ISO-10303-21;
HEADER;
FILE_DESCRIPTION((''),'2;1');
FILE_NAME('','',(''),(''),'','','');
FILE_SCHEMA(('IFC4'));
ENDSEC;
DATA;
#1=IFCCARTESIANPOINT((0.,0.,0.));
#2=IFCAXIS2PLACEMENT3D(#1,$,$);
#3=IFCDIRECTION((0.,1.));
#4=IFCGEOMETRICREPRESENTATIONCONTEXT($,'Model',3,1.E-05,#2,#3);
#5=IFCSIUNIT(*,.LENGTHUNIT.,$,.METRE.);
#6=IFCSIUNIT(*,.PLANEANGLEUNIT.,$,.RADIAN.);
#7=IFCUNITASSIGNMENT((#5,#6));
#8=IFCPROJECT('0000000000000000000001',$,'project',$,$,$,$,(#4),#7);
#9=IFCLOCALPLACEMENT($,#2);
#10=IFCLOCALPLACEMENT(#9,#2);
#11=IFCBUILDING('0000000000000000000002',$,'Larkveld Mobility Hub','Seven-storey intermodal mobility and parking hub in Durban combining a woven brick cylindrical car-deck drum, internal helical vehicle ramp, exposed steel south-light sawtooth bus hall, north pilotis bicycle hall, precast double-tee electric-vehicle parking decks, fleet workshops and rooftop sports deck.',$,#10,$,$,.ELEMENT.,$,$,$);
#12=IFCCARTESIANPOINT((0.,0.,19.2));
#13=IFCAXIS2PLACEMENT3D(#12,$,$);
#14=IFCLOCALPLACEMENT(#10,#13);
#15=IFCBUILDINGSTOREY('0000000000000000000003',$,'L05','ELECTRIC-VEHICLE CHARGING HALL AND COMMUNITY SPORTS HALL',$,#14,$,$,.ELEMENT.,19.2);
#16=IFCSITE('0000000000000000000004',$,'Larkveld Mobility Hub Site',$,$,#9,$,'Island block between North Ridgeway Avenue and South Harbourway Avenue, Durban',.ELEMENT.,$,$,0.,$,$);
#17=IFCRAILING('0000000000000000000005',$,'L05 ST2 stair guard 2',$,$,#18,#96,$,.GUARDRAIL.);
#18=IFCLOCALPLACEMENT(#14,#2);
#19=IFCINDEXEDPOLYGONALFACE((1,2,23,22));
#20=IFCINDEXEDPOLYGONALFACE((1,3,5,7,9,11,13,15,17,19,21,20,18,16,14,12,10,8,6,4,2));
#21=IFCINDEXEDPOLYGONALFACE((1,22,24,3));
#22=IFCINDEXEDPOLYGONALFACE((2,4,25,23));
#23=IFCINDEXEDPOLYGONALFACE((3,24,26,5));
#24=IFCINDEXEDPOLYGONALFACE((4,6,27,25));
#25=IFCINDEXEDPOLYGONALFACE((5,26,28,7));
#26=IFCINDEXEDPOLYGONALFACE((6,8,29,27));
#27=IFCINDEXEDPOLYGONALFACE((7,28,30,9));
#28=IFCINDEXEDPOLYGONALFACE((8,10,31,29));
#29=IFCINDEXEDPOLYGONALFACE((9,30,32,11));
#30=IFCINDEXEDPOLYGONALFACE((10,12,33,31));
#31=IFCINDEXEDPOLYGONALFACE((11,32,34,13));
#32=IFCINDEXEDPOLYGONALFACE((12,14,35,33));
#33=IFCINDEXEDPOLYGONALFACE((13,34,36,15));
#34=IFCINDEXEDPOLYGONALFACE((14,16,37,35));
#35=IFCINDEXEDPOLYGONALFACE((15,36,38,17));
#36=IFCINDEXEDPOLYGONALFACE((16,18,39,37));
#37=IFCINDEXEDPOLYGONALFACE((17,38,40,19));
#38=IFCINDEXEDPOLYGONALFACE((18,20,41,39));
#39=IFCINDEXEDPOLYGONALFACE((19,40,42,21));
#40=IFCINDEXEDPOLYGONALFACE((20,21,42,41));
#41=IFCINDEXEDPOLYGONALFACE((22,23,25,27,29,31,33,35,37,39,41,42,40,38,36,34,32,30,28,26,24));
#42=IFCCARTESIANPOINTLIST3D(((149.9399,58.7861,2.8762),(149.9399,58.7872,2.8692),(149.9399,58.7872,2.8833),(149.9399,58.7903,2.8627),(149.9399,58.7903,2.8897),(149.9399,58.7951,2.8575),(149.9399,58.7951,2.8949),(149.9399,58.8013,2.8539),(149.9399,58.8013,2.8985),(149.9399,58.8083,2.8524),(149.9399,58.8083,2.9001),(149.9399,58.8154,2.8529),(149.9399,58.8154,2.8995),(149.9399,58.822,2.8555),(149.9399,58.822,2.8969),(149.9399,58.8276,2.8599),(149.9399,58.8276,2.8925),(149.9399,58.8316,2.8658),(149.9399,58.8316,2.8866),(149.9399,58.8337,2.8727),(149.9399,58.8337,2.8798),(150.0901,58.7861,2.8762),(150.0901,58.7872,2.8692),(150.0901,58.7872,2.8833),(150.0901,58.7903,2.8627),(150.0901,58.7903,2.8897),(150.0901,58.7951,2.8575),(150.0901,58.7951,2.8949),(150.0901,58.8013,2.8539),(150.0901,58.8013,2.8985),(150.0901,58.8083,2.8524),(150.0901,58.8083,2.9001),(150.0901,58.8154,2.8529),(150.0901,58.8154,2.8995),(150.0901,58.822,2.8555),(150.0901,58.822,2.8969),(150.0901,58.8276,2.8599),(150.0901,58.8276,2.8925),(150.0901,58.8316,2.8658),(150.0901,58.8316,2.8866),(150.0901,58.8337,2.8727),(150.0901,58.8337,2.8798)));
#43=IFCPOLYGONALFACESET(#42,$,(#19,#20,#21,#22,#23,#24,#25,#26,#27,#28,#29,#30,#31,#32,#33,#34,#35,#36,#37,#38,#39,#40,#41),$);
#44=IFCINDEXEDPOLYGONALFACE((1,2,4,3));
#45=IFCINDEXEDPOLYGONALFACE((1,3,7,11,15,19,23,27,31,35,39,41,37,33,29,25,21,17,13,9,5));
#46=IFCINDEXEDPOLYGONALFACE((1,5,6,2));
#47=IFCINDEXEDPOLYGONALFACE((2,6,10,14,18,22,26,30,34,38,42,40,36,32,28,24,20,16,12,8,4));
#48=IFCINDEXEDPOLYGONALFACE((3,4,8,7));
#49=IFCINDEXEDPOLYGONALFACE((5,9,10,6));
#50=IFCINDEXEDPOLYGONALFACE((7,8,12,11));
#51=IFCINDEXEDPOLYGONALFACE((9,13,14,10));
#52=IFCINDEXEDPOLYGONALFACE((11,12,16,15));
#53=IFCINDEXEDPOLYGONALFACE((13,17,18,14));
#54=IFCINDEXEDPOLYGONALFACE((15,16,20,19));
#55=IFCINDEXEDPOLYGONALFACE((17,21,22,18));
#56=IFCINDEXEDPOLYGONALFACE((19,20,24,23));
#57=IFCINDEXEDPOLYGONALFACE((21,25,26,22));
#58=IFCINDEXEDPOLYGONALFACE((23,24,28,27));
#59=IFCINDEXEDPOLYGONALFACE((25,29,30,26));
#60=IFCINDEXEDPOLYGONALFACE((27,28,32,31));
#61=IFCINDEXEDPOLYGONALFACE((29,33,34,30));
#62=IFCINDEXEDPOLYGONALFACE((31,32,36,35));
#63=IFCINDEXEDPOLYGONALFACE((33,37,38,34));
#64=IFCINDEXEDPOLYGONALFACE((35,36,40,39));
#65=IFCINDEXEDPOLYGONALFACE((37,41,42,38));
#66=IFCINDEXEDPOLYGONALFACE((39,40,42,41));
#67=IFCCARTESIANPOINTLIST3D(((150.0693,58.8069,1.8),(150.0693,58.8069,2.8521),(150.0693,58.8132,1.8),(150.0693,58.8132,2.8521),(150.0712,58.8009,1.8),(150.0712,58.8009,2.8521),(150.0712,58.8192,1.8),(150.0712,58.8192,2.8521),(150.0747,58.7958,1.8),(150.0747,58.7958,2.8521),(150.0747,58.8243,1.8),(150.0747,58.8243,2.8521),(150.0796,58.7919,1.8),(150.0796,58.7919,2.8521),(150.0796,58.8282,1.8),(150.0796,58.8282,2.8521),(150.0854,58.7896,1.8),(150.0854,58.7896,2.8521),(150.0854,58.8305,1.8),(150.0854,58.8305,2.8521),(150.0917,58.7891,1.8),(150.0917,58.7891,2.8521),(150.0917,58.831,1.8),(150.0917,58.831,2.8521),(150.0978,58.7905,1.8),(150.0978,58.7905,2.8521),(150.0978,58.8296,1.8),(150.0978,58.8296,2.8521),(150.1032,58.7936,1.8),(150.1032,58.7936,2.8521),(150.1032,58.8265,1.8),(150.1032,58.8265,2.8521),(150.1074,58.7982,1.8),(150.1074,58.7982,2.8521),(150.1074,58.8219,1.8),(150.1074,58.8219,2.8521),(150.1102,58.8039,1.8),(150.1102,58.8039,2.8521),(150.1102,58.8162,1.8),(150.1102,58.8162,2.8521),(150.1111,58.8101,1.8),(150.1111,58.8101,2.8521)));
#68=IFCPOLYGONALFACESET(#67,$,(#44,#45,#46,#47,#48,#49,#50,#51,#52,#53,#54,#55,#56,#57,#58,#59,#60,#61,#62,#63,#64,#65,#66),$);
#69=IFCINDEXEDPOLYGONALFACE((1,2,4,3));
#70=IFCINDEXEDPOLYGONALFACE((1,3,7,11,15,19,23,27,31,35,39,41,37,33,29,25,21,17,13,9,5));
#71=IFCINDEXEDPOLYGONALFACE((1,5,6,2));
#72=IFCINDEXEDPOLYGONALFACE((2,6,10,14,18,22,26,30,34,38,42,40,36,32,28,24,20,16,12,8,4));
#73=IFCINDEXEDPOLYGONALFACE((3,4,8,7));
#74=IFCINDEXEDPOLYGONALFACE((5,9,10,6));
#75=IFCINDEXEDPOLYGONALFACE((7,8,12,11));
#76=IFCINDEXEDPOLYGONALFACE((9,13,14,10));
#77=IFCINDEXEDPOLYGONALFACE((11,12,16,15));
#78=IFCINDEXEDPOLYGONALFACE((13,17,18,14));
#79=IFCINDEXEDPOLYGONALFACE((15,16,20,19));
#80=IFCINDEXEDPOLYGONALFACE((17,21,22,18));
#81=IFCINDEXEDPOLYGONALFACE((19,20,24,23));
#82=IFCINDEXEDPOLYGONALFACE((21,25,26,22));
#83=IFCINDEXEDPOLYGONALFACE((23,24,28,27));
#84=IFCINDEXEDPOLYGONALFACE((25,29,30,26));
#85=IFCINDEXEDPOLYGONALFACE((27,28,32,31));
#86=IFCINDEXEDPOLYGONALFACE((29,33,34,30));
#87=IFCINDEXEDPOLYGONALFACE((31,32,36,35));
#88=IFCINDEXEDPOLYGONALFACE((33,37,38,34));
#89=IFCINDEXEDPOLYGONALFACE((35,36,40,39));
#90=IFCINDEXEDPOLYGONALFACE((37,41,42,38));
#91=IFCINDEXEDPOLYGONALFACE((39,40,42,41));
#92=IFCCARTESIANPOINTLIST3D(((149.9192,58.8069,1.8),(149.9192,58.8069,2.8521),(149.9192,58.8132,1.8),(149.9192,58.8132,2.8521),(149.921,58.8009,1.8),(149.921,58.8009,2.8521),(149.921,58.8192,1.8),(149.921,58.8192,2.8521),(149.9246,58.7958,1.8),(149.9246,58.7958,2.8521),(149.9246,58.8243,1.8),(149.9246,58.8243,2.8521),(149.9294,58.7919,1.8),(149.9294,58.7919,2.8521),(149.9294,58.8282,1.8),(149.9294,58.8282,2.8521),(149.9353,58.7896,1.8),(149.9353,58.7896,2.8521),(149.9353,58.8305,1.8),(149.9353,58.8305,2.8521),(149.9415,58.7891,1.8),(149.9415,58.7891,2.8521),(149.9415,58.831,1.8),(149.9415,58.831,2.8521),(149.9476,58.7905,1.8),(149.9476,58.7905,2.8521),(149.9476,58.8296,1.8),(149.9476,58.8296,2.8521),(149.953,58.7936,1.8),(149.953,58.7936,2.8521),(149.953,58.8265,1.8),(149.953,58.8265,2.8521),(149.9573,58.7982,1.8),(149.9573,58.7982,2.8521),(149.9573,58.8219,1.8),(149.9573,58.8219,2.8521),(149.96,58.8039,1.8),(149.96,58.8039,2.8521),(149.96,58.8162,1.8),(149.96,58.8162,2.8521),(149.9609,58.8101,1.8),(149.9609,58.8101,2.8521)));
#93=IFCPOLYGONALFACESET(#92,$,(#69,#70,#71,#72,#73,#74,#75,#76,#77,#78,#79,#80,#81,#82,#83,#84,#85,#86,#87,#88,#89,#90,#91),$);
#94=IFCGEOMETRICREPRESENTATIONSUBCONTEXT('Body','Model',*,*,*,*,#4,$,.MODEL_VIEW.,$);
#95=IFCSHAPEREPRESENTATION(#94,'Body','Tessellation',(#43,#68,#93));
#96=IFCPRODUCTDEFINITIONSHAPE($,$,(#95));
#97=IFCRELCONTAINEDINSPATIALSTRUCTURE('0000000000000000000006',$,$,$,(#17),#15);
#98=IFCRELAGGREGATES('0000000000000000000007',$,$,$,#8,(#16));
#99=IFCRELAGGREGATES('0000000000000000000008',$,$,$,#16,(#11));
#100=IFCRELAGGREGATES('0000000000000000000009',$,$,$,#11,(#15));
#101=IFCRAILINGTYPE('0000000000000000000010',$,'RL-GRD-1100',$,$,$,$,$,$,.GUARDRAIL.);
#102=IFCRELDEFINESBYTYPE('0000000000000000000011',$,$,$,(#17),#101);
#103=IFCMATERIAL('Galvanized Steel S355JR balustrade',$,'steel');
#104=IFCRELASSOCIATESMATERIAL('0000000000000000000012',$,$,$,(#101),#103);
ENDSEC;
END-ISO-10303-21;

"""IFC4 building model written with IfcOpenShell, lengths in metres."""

from ifc_helpers import new_model, si_unit, direction, frame, origin, origin_2d, place, context, subcontext, project, spatial, circle, extrude, material, type_object, element, save


model = new_model("IFC4")

# Units and contexts
model_context = context("Model", 3, precision=1e-05, world=origin(), true_north=direction((0.0, 1.0)))
body_context = subcontext(model_context, "Body", "Model", "MODEL_VIEW")
ifc_project = project(units=[si_unit("LENGTHUNIT", "METRE"), si_unit("PLANEANGLEUNIT", "RADIAN")], contexts=[model_context])

# Site, building, storey
site_placement = place(None, origin())
site = spatial("IfcSite", under=ifc_project, at=site_placement, Name="Larkveld Mobility Hub Site", LongName="Island block between North Ridgeway Avenue and South Harbourway Avenue, Durban", CompositionType="ELEMENT", RefElevation=0.0)
building_placement = place(site_placement, origin())
building = spatial("IfcBuilding", under=site, at=building_placement, Name="Larkveld Mobility Hub", Description="Seven-storey intermodal mobility and parking hub in Durban combining a woven brick cylindrical car-deck drum, internal helical vehicle ramp, exposed steel south-light sawtooth bus hall, north pilotis bicycle hall, precast double-tee electric-vehicle parking decks, fleet workshops and rooftop sports deck.", CompositionType="ELEMENT")
storey_placement = place(building_placement, frame((0.0, 0.0, 19.2)))
storey = spatial("IfcBuildingStorey", under=building, at=storey_placement, Name="L05", Description="ELECTRIC-VEHICLE CHARGING HALL AND COMMUNITY SPORTS HALL", CompositionType="ELEMENT", Elevation=19.2)

# Railing
ifc_material_1 = material(Name="Galvanized Steel S355JR balustrade", Category="steel")
railing_type_1 = type_object("IfcRailingType", Name="RL-GRD-1100", PredefinedType="GUARDRAIL", material=ifc_material_1)
railing_1_placement = place(storey_placement, frame((150.0901, 58.8101, 1.8)))
element("IfcRailing", 1, at=railing_1_placement, inside=storey, type_object=railing_type_1, Name="L05 ST2 stair guard 2", PredefinedType="GUARDRAIL", context=body_context, shape_type="SweptSolid", body=[
    extrude(circle(Radius=0.0239, at=origin_2d()), frame((0.0, 0.0, 1.0762), z_axis=(-1.0, 0.0, 0.0), x_axis=(0.0, -1.0, 0.0)), (0.0, 0.0, 1.0), 0.1501),
    extrude(circle(Radius=0.021, at=origin_2d()), origin(), (0.0, 0.0, 1.0), 1.052),
    extrude(circle(Radius=0.021, at=origin_2d()), frame((-0.1501, 0.0, 0.0)), (0.0, 0.0, 1.0), 1.052),
])

save(model, "model.ifc")
